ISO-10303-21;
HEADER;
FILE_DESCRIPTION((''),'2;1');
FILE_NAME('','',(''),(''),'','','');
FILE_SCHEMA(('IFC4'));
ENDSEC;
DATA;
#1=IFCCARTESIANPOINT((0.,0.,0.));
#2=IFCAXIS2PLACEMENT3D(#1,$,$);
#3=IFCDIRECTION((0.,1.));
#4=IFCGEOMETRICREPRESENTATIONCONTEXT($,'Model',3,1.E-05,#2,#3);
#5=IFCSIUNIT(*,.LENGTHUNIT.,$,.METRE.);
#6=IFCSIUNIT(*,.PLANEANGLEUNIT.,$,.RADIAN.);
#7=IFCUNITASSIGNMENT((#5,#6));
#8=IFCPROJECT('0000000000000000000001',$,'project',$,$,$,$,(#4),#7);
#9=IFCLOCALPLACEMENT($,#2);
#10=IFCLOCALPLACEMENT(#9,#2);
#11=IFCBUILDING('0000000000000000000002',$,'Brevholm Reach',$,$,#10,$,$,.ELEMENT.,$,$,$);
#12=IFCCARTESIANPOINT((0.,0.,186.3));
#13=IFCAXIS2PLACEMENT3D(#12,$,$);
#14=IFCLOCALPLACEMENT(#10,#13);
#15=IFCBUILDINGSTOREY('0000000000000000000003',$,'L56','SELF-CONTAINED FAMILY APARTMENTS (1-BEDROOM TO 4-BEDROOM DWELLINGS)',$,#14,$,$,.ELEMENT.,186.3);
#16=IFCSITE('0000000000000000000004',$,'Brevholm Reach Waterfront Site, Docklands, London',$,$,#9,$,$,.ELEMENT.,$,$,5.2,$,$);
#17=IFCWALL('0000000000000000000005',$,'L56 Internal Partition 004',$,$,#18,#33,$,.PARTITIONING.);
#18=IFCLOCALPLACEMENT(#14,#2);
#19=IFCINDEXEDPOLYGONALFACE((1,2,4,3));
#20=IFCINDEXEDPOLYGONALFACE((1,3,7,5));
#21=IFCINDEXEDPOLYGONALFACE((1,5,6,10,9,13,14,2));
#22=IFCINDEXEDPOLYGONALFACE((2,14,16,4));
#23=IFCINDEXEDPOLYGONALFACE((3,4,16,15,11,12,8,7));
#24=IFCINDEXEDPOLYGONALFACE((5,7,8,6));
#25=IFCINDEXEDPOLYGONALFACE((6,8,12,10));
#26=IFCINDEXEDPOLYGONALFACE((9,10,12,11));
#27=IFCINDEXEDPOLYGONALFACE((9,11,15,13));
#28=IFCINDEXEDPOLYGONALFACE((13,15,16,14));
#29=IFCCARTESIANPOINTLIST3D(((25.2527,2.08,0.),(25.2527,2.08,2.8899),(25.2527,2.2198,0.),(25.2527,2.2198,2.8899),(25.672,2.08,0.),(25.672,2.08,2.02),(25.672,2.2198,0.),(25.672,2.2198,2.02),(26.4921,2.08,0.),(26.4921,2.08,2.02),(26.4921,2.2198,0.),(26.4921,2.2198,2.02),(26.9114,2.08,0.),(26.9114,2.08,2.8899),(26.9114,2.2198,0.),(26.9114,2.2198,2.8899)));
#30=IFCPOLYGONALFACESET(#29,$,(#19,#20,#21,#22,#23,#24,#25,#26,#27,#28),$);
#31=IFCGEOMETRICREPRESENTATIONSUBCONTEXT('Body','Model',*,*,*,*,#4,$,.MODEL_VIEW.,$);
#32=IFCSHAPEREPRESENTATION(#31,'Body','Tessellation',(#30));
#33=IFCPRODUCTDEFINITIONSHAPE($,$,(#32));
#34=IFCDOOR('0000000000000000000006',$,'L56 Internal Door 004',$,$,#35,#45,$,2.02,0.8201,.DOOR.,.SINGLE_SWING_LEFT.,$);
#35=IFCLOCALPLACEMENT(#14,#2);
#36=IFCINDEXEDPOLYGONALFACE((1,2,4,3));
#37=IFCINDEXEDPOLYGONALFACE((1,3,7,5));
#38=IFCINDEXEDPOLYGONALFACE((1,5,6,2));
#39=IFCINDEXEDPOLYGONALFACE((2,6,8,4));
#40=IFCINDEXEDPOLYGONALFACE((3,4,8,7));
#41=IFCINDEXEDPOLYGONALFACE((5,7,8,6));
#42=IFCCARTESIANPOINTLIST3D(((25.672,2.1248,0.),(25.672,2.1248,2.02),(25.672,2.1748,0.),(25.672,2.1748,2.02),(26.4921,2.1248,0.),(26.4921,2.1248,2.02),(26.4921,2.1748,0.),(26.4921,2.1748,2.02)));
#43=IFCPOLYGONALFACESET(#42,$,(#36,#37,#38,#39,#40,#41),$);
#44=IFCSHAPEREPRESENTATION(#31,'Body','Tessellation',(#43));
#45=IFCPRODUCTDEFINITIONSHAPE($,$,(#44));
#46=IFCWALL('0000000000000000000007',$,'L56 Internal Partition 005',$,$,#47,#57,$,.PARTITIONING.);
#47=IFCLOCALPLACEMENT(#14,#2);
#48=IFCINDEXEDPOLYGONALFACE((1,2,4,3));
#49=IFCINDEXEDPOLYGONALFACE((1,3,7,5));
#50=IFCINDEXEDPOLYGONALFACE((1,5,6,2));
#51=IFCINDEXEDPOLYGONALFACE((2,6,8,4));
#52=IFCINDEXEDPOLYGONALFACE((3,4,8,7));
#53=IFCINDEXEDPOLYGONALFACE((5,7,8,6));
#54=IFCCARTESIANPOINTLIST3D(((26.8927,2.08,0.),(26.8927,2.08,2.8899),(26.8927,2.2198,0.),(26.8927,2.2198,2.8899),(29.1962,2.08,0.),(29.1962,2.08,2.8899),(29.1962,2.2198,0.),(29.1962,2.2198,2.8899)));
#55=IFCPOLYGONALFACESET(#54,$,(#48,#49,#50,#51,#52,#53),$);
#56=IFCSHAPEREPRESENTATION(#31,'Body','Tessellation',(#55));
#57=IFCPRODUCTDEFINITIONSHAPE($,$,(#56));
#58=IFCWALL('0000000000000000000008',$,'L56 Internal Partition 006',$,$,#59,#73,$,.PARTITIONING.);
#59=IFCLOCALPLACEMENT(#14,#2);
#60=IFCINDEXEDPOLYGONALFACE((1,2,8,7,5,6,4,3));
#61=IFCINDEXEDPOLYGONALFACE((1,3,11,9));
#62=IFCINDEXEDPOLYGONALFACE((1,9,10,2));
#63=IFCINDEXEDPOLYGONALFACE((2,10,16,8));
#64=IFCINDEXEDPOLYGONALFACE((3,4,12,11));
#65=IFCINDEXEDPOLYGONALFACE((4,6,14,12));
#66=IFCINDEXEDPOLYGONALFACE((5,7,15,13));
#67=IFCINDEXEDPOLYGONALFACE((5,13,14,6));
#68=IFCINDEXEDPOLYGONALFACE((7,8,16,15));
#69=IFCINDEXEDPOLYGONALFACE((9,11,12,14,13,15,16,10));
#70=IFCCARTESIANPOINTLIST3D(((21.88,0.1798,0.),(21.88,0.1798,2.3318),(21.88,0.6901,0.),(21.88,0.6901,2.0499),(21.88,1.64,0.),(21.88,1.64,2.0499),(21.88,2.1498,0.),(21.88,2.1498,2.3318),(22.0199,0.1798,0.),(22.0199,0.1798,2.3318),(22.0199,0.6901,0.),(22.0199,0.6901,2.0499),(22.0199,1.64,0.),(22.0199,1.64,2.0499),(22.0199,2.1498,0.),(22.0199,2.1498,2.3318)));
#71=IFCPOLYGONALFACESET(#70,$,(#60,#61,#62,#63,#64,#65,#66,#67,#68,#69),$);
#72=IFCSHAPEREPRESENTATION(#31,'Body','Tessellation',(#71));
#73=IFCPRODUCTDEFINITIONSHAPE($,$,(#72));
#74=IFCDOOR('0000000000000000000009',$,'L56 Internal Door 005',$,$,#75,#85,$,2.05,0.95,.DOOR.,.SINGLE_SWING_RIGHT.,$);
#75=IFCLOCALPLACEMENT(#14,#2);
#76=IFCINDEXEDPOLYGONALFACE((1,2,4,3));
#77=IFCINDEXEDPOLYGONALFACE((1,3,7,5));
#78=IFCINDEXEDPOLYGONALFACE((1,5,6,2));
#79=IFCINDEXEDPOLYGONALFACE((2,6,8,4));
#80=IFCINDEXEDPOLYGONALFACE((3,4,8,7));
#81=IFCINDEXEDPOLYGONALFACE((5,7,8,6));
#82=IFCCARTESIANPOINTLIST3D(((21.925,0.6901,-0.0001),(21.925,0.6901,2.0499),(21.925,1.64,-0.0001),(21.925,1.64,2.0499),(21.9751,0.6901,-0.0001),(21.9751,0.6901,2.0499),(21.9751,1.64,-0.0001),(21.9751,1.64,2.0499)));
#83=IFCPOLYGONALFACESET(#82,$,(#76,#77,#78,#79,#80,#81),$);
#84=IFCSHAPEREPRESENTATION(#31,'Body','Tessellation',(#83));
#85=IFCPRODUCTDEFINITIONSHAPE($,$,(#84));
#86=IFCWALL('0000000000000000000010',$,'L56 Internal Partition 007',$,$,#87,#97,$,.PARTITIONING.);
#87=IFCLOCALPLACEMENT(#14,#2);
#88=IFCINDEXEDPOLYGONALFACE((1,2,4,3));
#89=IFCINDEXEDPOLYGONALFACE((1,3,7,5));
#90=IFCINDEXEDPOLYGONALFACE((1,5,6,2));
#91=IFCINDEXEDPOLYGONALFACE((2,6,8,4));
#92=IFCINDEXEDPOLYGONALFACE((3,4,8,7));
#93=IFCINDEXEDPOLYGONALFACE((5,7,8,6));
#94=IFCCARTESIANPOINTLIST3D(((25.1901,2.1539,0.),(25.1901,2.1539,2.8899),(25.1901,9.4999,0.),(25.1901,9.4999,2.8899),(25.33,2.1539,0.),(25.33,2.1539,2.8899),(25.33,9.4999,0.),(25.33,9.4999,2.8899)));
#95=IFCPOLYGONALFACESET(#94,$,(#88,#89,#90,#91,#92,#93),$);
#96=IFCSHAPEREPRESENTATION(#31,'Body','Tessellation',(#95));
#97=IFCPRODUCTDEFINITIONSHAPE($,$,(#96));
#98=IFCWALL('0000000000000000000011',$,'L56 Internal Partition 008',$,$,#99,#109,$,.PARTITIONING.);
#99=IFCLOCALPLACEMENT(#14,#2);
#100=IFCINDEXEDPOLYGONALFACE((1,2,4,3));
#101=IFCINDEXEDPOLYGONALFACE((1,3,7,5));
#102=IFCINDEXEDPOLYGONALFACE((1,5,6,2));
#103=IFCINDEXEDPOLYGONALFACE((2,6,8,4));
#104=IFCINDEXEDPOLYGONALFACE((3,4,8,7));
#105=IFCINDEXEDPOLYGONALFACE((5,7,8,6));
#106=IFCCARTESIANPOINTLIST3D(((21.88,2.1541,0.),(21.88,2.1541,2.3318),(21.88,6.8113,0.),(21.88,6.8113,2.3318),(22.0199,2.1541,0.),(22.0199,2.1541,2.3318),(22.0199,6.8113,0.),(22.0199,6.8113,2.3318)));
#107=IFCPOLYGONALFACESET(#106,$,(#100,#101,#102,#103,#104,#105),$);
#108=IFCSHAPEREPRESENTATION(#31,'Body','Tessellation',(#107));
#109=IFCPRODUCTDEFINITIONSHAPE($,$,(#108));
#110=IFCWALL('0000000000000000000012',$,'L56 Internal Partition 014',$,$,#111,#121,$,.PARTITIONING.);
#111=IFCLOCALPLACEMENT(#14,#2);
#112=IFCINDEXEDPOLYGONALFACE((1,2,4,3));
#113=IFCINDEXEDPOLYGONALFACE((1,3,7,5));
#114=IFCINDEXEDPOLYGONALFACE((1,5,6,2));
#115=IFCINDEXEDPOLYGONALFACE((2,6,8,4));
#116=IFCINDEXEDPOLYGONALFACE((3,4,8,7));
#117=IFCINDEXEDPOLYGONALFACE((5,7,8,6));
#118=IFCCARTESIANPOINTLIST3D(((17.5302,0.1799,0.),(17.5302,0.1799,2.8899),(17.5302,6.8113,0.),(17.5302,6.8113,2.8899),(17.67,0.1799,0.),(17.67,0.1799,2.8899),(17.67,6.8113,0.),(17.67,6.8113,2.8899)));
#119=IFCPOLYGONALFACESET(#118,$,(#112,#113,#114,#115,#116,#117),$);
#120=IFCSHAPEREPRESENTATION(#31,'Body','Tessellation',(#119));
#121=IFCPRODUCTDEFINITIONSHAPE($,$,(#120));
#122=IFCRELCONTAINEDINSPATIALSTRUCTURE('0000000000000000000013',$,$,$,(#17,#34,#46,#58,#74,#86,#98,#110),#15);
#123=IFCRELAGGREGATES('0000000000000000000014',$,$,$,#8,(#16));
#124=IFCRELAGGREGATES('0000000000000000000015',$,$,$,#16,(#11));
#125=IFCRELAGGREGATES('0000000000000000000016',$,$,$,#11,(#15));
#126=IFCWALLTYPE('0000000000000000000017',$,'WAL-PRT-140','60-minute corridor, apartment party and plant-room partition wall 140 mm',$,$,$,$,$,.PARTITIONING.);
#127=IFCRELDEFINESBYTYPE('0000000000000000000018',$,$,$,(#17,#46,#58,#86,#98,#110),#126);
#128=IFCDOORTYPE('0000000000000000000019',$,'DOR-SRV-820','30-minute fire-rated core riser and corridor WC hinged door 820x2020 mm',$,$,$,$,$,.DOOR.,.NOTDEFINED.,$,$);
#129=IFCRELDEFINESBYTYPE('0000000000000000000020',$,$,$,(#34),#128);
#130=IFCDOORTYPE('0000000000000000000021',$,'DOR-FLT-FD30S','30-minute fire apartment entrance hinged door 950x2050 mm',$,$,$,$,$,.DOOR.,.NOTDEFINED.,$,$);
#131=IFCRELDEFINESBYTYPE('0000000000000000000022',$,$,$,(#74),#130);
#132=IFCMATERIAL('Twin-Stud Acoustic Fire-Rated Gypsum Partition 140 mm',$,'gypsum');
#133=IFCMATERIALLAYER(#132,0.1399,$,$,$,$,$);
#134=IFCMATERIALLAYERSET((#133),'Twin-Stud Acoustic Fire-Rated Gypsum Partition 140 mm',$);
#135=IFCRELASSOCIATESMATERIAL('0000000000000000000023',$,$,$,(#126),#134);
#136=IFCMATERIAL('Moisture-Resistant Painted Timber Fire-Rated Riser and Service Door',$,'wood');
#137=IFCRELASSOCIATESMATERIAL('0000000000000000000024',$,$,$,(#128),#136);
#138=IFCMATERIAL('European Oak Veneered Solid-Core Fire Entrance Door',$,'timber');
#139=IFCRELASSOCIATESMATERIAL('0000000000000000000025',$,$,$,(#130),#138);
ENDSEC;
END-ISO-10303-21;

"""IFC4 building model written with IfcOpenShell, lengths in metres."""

from ifc_helpers import new_model, si_unit, direction, frame, frame_2d, origin, place, context, subcontext, project, spatial, rectangle, extrude, material, layer, layer_set, type_object, element, fill, save


model = new_model("IFC4")

# Units and contexts
model_context = context("Model", 3, precision=1e-05, world=origin(), true_north=direction((0.0, 1.0)))
body_context = subcontext(model_context, "Body", "Model", "MODEL_VIEW")
ifc_project = project(units=[si_unit("LENGTHUNIT", "METRE"), si_unit("PLANEANGLEUNIT", "RADIAN")], contexts=[model_context])

# Site, building, storey
site_placement = place(None, origin())
site = spatial("IfcSite", under=ifc_project, at=site_placement, Name="Brevholm Reach Waterfront Site, Docklands, London", CompositionType="ELEMENT", RefElevation=5.2)
building_placement = place(site_placement, origin())
building = spatial("IfcBuilding", under=site, at=building_placement, Name="Brevholm Reach", CompositionType="ELEMENT")
storey_placement = place(building_placement, frame((0.0, 0.0, 186.3)))
storey = spatial("IfcBuildingStorey", under=building, at=storey_placement, Name="L56", Description="SELF-CONTAINED FAMILY APARTMENTS (1-BEDROOM TO 4-BEDROOM DWELLINGS)", CompositionType="ELEMENT", Elevation=186.3)

# Wall, opening, door
ifc_material_1 = material(Name="Twin-Stud Acoustic Fire-Rated Gypsum Partition 140 mm", Category="gypsum")
ifc_layer_1 = layer(ifc_material_1, 0.1399)
ifc_layer_set_1 = layer_set([ifc_layer_1], Name="Twin-Stud Acoustic Fire-Rated Gypsum Partition 140 mm")
wall_type_1 = type_object("IfcWallType", Name="WAL-PRT-140", Description="60-minute corridor, apartment party and plant-room partition wall 140 mm", PredefinedType="PARTITIONING", material=ifc_layer_set_1)
wall_1_placement = place(storey_placement, frame((25.2527, 2.1499, 0.0), z_axis=(0.0, 0.0, 1.0), x_axis=(1.0, 0.0, 0.0)))
wall_1 = element("IfcWall", 1, at=wall_1_placement, inside=storey, type_object=wall_type_1, Name="L56 Internal Partition 004", PredefinedType="PARTITIONING", context=body_context, shape_type="SweptSolid", body=[
    extrude(rectangle(XDim=1.6587, YDim=0.1399, at=frame_2d((0.8293, 0.0))), origin(), (0.0, 0.0, 1.0), 2.8899),
])
opening_1_placement = place(wall_1_placement, frame((0.4192, 0.0, 0.0)))
opening_1 = element("IfcOpeningElement", 2, at=opening_1_placement, cuts=wall_1, PredefinedType="OPENING", context=body_context, shape_type="SweptSolid", body=[
    extrude(rectangle(XDim=0.8201, YDim=2.02, at=frame_2d((0.4102, 1.01))), frame((0.0, 0.0798, 0.0), z_axis=(0.0, -1.0, 0.0), x_axis=(1.0, 0.0, 0.0)), (0.0, 0.0, 1.0), 0.1599),
])
ifc_material_2 = material(Name="Moisture-Resistant Painted Timber Fire-Rated Riser and Service Door", Category="wood")
door_type_1 = type_object("IfcDoorType", Name="DOR-SRV-820", Description="30-minute fire-rated core riser and corridor WC hinged door 820x2020 mm", OperationType="NOTDEFINED", PredefinedType="DOOR", material=ifc_material_2)
door_1_placement = place(opening_1_placement, origin())
door_1 = element("IfcDoor", 3, at=door_1_placement, inside=storey, type_object=door_type_1, Name="L56 Internal Door 004", OperationType="SINGLE_SWING_LEFT", OverallHeight=2.02, OverallWidth=0.8201, PredefinedType="DOOR", context=body_context, shape_type="SweptSolid", body=[
    extrude(rectangle(XDim=0.8201, YDim=2.02, at=frame_2d((0.4102, 1.01))), frame((0.0, 0.0249, 0.0), z_axis=(0.0, -1.0, 0.0), x_axis=(1.0, 0.0, 0.0)), (0.0, 0.0, 1.0), 0.05),
])
fill(opening_1, door_1)

# Wall
wall_2_placement = place(storey_placement, frame((26.8926, 2.1499, 0.0), z_axis=(0.0, 0.0, 1.0), x_axis=(1.0, 0.0, 0.0)))
element("IfcWall", 4, at=wall_2_placement, inside=storey, type_object=wall_type_1, Name="L56 Internal Partition 005", PredefinedType="PARTITIONING", context=body_context, shape_type="SweptSolid", body=[
    extrude(rectangle(XDim=2.3035, YDim=0.1399, at=frame_2d((1.1519, 0.0))), origin(), (0.0, 0.0, 1.0), 2.8899),
])

# Wall, opening, door
wall_3_placement = place(storey_placement, frame((21.95, 0.1799, 0.0), z_axis=(0.0, 0.0, 1.0), x_axis=(0.0, 1.0, 0.0)))
wall_3 = element("IfcWall", 5, at=wall_3_placement, inside=storey, type_object=wall_type_1, Name="L56 Internal Partition 006", PredefinedType="PARTITIONING", context=body_context, shape_type="SweptSolid", body=[
    extrude(rectangle(XDim=1.97, YDim=0.1399, at=frame_2d((0.9849, 0.0))), origin(), (0.0, 0.0, 1.0), 2.3318),
])
opening_2_placement = place(wall_3_placement, frame((0.51, 0.0, 0.0)))
opening_2 = element("IfcOpeningElement", 6, at=opening_2_placement, cuts=wall_3, PredefinedType="OPENING", context=body_context, shape_type="SweptSolid", body=[
    extrude(rectangle(XDim=0.95, YDim=2.05, at=frame_2d((0.4751, 1.0249))), frame((0.0, 0.0798, 0.0), z_axis=(0.0, -1.0, 0.0), x_axis=(1.0, 0.0, 0.0)), (0.0, 0.0, 1.0), 0.1599),
])
ifc_material_3 = material(Name="European Oak Veneered Solid-Core Fire Entrance Door", Category="timber")
door_type_2 = type_object("IfcDoorType", Name="DOR-FLT-FD30S", Description="30-minute fire apartment entrance hinged door 950x2050 mm", OperationType="NOTDEFINED", PredefinedType="DOOR", material=ifc_material_3)
door_2_placement = place(opening_2_placement, origin())
door_2 = element("IfcDoor", 7, at=door_2_placement, inside=storey, type_object=door_type_2, Name="L56 Internal Door 005", OperationType="SINGLE_SWING_RIGHT", OverallHeight=2.05, OverallWidth=0.95, PredefinedType="DOOR", context=body_context, shape_type="SweptSolid", body=[
    extrude(rectangle(XDim=0.95, YDim=2.05, at=frame_2d((0.4751, 1.0249))), frame((0.0, 0.0249, 0.0), z_axis=(0.0, -1.0, 0.0), x_axis=(1.0, 0.0, 0.0)), (0.0, 0.0, 1.0), 0.05),
])
fill(opening_2, door_2)

# Walls
wall_4_placement = place(storey_placement, frame((25.26, 2.1541, 0.0), z_axis=(0.0, 0.0, 1.0), x_axis=(0.0, 1.0, 0.0)))
element("IfcWall", 8, at=wall_4_placement, inside=storey, type_object=wall_type_1, Name="L56 Internal Partition 007", PredefinedType="PARTITIONING", context=body_context, shape_type="SweptSolid", body=[
    extrude(rectangle(XDim=7.3459, YDim=0.1399, at=frame_2d((3.6729, 0.0))), origin(), (0.0, 0.0, 1.0), 2.8899),
])
wall_5_placement = place(storey_placement, frame((21.95, 2.1541, 0.0), z_axis=(0.0, 0.0, 1.0), x_axis=(0.0, 1.0, 0.0)))
element("IfcWall", 9, at=wall_5_placement, inside=storey, type_object=wall_type_1, Name="L56 Internal Partition 008", PredefinedType="PARTITIONING", context=body_context, shape_type="SweptSolid", body=[
    extrude(rectangle(XDim=4.6572, YDim=0.1399, at=frame_2d((2.3286, 0.0))), origin(), (0.0, 0.0, 1.0), 2.3318),
])
wall_6_placement = place(storey_placement, frame((17.6001, 0.1799, 0.0), z_axis=(0.0, 0.0, 1.0), x_axis=(0.0, 1.0, 0.0)))
element("IfcWall", 10, at=wall_6_placement, inside=storey, type_object=wall_type_1, Name="L56 Internal Partition 014", PredefinedType="PARTITIONING", context=body_context, shape_type="SweptSolid", body=[
    extrude(rectangle(XDim=6.6313, YDim=0.1399, at=frame_2d((3.3157, 0.0))), origin(), (0.0, 0.0, 1.0), 2.8899),
])

save(model, "model.ifc")
